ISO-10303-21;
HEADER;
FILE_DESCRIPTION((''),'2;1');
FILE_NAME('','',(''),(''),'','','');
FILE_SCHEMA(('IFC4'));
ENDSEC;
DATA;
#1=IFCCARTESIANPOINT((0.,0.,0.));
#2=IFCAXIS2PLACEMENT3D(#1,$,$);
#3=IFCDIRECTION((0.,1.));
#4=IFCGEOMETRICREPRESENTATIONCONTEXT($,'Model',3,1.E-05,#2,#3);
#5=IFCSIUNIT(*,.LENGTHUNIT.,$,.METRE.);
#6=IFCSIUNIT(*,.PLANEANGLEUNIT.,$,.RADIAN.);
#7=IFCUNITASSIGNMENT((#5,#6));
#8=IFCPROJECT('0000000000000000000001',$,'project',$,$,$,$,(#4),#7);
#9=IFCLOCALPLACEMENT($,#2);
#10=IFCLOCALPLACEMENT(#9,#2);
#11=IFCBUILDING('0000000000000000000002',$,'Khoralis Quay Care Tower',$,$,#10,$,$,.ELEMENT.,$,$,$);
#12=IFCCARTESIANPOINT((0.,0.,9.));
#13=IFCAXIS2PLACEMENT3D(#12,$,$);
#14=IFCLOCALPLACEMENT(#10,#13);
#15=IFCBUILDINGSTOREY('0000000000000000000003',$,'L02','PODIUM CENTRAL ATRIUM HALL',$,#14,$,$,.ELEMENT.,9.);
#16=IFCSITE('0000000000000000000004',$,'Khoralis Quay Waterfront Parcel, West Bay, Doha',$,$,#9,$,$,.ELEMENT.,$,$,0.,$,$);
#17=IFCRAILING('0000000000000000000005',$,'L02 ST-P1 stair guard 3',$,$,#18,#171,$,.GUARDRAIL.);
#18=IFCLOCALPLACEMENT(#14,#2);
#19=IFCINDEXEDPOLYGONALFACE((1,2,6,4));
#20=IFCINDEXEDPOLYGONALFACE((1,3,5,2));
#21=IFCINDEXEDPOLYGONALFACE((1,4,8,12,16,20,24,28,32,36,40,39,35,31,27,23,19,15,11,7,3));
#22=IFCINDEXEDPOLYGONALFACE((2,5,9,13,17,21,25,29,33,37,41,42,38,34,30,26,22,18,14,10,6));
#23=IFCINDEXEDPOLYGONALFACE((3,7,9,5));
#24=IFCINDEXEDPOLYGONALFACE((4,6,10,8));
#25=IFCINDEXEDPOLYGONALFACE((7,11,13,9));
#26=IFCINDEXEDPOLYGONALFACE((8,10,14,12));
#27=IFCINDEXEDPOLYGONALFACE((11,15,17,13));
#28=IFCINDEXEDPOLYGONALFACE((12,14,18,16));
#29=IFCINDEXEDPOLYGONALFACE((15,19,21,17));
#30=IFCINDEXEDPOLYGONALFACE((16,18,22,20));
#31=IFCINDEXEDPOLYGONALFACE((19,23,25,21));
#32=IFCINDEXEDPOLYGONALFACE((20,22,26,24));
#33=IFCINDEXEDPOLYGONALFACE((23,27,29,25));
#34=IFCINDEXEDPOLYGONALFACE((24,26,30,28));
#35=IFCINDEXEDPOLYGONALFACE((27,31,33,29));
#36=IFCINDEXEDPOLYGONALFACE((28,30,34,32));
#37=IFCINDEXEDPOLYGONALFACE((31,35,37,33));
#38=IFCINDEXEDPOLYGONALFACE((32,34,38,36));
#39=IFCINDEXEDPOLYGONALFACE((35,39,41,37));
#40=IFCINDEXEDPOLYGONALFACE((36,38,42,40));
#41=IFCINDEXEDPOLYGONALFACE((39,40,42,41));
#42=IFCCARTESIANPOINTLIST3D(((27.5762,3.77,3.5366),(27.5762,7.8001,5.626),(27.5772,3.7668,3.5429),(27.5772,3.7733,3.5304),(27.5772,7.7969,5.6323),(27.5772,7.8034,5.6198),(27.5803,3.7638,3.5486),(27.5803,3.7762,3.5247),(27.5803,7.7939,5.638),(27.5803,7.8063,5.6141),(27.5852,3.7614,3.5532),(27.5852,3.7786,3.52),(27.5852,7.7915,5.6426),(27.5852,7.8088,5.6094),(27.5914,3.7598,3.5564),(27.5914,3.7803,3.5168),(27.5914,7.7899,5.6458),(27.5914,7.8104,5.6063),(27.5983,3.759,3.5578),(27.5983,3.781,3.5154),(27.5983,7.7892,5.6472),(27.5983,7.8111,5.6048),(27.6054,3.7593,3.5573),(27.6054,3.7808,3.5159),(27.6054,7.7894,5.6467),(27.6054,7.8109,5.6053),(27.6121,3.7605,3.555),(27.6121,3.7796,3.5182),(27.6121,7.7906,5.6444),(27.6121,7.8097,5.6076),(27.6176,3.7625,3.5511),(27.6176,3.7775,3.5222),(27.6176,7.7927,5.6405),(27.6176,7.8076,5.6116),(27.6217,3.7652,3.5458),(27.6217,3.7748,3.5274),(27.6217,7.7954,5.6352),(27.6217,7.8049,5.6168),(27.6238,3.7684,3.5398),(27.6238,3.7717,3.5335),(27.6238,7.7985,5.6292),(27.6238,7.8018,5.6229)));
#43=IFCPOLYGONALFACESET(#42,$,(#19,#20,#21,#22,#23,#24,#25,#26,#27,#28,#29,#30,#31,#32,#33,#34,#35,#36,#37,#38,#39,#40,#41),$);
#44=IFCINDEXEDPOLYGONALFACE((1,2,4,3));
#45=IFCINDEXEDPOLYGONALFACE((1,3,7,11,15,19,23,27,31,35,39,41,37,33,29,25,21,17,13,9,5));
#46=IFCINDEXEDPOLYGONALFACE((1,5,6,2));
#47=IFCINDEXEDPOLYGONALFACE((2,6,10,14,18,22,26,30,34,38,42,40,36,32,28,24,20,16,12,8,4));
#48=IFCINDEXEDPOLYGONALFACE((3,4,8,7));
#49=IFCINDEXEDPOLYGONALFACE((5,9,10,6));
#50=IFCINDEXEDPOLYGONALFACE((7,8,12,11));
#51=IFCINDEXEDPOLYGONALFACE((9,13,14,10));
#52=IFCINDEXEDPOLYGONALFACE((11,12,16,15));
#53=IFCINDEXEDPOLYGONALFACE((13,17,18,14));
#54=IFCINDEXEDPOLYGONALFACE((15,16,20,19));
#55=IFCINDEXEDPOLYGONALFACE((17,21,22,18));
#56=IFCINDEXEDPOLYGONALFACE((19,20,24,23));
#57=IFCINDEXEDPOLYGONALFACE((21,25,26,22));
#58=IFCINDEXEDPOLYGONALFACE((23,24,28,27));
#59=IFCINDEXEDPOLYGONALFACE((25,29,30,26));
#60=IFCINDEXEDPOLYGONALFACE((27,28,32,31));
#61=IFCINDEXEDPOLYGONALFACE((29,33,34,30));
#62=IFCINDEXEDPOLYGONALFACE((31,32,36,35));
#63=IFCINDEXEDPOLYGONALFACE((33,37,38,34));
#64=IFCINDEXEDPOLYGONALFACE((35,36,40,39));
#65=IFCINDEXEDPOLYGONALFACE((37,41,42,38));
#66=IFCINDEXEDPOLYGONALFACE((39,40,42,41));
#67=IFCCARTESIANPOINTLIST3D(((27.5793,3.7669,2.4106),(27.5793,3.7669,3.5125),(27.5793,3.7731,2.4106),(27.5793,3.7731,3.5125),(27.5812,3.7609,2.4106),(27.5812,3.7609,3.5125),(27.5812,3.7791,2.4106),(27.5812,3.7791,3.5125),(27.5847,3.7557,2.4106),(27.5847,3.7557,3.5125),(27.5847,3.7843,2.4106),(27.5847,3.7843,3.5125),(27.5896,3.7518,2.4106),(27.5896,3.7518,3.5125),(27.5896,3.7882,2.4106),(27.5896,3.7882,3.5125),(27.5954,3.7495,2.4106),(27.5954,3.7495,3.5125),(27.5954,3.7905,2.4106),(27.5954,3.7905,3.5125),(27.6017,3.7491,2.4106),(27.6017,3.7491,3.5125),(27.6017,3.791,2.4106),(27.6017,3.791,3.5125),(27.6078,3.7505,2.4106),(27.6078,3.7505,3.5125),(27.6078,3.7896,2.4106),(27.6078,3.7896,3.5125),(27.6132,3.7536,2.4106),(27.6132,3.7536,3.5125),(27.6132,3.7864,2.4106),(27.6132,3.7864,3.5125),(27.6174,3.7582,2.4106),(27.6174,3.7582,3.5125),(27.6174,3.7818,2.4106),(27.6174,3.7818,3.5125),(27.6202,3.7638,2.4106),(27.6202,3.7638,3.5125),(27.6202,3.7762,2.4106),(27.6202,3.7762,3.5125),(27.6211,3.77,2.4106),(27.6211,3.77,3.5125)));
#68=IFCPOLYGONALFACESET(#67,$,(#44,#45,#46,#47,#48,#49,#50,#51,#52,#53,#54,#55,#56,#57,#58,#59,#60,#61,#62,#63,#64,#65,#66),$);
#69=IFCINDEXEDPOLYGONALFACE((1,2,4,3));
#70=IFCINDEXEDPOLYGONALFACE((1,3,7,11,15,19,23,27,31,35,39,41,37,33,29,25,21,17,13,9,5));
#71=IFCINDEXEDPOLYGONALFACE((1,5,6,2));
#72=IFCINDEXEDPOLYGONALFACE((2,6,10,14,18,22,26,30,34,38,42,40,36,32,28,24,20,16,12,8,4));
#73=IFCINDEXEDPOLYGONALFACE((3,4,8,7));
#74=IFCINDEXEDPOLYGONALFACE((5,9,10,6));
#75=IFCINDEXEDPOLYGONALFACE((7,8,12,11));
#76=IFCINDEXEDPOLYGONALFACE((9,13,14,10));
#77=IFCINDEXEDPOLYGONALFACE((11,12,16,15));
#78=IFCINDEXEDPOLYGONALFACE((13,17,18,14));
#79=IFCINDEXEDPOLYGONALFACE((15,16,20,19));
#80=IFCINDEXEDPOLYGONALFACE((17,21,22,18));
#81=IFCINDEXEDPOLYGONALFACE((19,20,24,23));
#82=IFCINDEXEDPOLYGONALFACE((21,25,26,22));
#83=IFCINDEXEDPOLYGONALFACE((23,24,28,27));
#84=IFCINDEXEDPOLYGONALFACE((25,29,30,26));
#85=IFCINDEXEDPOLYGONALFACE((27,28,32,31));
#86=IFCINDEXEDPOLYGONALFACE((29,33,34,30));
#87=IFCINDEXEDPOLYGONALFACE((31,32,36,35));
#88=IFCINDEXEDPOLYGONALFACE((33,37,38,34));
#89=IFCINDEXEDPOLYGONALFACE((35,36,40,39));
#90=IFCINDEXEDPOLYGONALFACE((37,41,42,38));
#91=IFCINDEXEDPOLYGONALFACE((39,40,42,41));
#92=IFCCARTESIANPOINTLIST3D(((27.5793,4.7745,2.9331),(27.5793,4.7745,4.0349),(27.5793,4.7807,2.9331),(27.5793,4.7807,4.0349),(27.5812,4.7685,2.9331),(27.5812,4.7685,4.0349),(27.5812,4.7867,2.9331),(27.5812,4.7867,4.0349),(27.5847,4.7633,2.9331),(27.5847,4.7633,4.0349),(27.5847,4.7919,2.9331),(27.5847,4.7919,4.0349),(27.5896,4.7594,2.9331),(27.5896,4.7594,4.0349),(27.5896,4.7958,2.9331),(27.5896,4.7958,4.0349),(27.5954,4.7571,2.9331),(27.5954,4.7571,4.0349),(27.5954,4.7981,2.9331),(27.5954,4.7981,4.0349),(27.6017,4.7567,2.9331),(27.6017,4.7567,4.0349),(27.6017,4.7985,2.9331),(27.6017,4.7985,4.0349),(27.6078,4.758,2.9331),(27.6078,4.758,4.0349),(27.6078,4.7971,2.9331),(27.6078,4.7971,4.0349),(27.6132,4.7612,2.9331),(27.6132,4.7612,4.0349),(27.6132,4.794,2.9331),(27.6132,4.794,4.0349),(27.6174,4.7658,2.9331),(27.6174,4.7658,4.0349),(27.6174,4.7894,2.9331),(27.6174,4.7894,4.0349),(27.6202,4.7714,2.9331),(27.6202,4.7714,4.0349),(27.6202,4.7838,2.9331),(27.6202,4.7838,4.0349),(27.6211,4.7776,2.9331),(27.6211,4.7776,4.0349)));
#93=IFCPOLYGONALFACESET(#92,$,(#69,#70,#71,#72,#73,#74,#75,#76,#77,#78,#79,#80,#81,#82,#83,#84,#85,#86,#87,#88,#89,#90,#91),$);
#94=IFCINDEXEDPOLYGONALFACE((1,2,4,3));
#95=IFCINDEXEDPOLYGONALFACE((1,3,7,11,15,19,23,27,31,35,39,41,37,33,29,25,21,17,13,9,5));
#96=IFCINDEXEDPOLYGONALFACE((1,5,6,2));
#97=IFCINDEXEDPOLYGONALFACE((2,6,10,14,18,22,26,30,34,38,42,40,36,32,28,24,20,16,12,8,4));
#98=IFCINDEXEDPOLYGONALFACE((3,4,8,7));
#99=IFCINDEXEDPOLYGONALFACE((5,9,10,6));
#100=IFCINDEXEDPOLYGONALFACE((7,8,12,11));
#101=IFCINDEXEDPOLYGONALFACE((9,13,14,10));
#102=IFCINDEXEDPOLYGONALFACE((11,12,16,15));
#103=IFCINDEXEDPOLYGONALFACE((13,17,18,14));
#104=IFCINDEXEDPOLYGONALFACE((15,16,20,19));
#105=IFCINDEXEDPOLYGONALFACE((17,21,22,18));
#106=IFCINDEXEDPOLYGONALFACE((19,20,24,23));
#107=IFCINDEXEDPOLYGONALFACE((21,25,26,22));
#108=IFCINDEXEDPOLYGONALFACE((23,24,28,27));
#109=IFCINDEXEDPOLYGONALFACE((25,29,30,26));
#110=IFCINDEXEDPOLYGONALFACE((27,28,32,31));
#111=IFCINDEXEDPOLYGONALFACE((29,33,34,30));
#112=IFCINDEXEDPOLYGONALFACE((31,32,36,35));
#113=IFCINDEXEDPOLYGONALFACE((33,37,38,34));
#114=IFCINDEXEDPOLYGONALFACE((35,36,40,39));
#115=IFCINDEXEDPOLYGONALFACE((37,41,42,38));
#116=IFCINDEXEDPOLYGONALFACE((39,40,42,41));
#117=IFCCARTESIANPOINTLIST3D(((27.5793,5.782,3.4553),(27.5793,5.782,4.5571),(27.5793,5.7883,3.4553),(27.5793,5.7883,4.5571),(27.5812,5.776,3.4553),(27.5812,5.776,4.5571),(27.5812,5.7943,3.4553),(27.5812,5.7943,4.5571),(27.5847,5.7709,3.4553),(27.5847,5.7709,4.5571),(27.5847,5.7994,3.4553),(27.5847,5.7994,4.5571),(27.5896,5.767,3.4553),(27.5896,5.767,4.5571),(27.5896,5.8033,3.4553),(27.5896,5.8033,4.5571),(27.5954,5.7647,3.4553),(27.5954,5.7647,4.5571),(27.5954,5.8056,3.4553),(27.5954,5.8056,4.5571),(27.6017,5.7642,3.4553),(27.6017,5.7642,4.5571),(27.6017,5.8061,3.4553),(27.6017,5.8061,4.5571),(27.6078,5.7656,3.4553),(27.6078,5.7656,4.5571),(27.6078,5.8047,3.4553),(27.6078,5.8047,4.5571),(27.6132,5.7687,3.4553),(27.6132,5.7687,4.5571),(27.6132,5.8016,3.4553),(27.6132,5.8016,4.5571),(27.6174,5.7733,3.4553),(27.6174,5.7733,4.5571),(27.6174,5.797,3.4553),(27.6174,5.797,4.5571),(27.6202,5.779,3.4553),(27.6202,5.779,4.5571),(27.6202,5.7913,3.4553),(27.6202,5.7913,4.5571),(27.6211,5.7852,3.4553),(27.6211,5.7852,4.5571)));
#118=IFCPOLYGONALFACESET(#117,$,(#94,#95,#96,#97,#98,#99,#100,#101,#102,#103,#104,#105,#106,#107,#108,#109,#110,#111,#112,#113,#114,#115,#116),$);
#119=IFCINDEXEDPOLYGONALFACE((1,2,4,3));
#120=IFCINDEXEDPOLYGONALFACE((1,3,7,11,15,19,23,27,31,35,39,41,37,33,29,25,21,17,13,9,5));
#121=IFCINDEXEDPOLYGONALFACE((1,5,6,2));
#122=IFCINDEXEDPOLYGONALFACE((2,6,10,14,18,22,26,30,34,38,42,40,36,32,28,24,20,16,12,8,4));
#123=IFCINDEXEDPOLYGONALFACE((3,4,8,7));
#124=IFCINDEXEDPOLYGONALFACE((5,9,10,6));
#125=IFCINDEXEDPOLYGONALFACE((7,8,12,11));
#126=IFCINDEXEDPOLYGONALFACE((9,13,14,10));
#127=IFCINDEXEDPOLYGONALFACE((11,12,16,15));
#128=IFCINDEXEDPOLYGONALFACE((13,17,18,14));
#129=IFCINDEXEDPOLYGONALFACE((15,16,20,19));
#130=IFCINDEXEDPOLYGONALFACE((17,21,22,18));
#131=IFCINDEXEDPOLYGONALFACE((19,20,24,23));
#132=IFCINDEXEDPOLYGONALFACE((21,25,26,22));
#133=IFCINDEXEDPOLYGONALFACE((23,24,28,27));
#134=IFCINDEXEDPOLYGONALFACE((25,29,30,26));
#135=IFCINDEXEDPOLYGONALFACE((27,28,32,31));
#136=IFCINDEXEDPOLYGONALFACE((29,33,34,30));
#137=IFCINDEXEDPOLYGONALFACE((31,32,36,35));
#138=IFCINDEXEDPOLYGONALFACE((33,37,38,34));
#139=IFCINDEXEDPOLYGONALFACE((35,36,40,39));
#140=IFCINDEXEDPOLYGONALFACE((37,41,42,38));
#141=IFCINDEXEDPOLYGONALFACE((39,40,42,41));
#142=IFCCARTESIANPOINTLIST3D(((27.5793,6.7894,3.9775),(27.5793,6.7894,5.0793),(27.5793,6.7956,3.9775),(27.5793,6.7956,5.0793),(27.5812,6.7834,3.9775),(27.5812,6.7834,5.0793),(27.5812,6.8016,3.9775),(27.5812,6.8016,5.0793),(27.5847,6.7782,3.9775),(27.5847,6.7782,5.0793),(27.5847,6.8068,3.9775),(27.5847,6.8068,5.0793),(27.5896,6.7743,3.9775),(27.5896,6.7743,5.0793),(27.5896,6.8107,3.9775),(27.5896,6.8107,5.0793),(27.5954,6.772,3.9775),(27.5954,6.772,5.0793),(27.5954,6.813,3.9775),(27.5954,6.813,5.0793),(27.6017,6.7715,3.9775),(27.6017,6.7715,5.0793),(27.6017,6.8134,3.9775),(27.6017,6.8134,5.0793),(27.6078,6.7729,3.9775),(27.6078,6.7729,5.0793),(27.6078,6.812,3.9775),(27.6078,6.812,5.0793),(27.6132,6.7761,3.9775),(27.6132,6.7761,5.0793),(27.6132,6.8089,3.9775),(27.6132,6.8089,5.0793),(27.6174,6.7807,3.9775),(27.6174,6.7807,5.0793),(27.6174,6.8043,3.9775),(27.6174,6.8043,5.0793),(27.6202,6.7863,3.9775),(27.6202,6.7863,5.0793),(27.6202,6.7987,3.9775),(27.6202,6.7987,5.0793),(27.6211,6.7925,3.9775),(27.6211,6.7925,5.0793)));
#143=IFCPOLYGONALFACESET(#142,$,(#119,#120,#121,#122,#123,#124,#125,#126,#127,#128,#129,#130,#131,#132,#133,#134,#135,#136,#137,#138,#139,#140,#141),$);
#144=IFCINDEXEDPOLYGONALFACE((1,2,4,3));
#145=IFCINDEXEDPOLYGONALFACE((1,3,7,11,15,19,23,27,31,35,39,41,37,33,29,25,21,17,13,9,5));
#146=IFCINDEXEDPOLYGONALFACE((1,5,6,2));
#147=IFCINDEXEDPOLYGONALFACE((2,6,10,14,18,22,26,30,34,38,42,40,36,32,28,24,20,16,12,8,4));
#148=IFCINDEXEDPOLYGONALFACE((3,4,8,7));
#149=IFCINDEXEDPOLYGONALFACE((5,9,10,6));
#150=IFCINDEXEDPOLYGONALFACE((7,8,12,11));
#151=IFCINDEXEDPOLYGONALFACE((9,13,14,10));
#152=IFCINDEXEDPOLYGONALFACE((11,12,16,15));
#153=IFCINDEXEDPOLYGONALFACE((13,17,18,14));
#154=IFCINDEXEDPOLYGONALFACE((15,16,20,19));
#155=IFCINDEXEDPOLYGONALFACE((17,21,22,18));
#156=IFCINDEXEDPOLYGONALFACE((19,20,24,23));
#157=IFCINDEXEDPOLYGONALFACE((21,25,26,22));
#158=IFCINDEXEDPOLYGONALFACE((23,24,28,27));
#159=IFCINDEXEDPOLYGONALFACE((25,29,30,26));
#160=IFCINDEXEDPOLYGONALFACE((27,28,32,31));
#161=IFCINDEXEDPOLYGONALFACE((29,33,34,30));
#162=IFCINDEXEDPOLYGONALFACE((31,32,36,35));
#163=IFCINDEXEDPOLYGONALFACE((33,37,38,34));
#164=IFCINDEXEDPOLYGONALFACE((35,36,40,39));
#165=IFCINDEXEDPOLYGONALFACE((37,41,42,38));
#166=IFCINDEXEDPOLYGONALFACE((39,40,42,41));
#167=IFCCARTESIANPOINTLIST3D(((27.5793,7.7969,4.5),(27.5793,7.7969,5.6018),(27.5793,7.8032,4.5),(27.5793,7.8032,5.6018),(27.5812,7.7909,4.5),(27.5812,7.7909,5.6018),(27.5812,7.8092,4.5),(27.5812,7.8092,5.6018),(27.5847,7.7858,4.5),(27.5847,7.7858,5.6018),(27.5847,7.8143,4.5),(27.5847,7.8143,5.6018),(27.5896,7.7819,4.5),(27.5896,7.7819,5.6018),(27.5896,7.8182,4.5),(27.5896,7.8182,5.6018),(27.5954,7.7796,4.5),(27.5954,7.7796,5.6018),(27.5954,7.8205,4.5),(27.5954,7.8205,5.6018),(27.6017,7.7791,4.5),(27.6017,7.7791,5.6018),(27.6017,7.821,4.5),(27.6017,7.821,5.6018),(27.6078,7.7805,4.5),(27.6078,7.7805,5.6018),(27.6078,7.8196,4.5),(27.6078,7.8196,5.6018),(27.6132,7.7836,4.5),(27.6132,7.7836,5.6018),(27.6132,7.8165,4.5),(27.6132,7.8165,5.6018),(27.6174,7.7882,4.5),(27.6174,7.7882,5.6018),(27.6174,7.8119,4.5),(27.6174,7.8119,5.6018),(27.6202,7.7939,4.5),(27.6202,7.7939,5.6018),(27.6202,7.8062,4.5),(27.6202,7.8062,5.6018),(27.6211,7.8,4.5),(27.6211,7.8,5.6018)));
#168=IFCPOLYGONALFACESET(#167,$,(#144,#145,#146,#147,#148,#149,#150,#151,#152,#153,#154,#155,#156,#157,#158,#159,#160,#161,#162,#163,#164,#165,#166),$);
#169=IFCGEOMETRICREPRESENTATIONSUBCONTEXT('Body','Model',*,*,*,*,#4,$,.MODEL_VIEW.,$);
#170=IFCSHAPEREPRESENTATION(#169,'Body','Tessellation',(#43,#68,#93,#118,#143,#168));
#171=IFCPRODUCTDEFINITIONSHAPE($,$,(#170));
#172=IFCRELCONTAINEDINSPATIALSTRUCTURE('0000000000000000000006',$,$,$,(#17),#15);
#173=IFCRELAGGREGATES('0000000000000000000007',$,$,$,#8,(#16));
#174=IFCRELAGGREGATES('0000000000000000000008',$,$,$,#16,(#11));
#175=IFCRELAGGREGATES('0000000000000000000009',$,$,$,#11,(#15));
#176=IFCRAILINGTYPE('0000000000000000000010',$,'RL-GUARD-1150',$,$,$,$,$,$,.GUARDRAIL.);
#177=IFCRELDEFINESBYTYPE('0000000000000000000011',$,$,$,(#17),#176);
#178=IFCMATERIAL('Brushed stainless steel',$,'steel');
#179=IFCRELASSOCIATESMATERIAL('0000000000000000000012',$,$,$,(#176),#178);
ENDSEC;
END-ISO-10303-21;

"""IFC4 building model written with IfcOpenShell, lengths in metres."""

from ifc_helpers import new_model, si_unit, direction, frame, origin, origin_2d, place, context, subcontext, project, spatial, circle, extrude, material, type_object, element, save


model = new_model("IFC4")

# Units and contexts
model_context = context("Model", 3, precision=1e-05, world=origin(), true_north=direction((0.0, 1.0)))
body_context = subcontext(model_context, "Body", "Model", "MODEL_VIEW")
ifc_project = project(units=[si_unit("LENGTHUNIT", "METRE"), si_unit("PLANEANGLEUNIT", "RADIAN")], contexts=[model_context])

# Site, building, storey
site_placement = place(None, origin())
site = spatial("IfcSite", under=ifc_project, at=site_placement, Name="Khoralis Quay Waterfront Parcel, West Bay, Doha", CompositionType="ELEMENT", RefElevation=0.0)
building_placement = place(site_placement, origin())
building = spatial("IfcBuilding", under=site, at=building_placement, Name="Khoralis Quay Care Tower", CompositionType="ELEMENT")
storey_placement = place(building_placement, frame((0.0, 0.0, 9.0)))
storey = spatial("IfcBuildingStorey", under=building, at=storey_placement, Name="L02", Description="PODIUM CENTRAL ATRIUM HALL", CompositionType="ELEMENT", Elevation=9.0)

# Railing
ifc_material_1 = material(Name="Brushed stainless steel", Category="steel")
railing_type_1 = type_object("IfcRailingType", Name="RL-GUARD-1150", PredefinedType="GUARDRAIL", material=ifc_material_1)
railing_1_placement = place(storey_placement, frame((27.6001, 3.77, 2.4106)))
element("IfcRailing", 1, at=railing_1_placement, inside=storey, type_object=railing_type_1, Name="L02 ST-P1 stair guard 3", PredefinedType="GUARDRAIL", context=body_context, shape_type="SweptSolid", body=[
    extrude(circle(Radius=0.0239, at=origin_2d()), frame((0.0, 0.0, 1.126), z_axis=(0.0, 0.887781, 0.460267), x_axis=(-1.0, 0.0, 0.0)), (0.0, 0.0, 1.0), 4.5396),
    extrude(circle(Radius=0.021, at=origin_2d()), origin(), (0.0, 0.0, 1.0), 1.1018),
    extrude(circle(Radius=0.021, at=origin_2d()), frame((0.0, 1.0076, 0.5225)), (0.0, 0.0, 1.0), 1.1018),
    extrude(circle(Radius=0.021, at=origin_2d()), frame((0.0, 2.0151, 1.0447)), (0.0, 0.0, 1.0), 1.1018),
    extrude(circle(Radius=0.021, at=origin_2d()), frame((0.0, 3.0225, 1.5669)), (0.0, 0.0, 1.0), 1.1018),
    extrude(circle(Radius=0.021, at=origin_2d()), frame((0.0, 4.03, 2.0894)), (0.0, 0.0, 1.0), 1.1018),
])

save(model, "model.ifc")
